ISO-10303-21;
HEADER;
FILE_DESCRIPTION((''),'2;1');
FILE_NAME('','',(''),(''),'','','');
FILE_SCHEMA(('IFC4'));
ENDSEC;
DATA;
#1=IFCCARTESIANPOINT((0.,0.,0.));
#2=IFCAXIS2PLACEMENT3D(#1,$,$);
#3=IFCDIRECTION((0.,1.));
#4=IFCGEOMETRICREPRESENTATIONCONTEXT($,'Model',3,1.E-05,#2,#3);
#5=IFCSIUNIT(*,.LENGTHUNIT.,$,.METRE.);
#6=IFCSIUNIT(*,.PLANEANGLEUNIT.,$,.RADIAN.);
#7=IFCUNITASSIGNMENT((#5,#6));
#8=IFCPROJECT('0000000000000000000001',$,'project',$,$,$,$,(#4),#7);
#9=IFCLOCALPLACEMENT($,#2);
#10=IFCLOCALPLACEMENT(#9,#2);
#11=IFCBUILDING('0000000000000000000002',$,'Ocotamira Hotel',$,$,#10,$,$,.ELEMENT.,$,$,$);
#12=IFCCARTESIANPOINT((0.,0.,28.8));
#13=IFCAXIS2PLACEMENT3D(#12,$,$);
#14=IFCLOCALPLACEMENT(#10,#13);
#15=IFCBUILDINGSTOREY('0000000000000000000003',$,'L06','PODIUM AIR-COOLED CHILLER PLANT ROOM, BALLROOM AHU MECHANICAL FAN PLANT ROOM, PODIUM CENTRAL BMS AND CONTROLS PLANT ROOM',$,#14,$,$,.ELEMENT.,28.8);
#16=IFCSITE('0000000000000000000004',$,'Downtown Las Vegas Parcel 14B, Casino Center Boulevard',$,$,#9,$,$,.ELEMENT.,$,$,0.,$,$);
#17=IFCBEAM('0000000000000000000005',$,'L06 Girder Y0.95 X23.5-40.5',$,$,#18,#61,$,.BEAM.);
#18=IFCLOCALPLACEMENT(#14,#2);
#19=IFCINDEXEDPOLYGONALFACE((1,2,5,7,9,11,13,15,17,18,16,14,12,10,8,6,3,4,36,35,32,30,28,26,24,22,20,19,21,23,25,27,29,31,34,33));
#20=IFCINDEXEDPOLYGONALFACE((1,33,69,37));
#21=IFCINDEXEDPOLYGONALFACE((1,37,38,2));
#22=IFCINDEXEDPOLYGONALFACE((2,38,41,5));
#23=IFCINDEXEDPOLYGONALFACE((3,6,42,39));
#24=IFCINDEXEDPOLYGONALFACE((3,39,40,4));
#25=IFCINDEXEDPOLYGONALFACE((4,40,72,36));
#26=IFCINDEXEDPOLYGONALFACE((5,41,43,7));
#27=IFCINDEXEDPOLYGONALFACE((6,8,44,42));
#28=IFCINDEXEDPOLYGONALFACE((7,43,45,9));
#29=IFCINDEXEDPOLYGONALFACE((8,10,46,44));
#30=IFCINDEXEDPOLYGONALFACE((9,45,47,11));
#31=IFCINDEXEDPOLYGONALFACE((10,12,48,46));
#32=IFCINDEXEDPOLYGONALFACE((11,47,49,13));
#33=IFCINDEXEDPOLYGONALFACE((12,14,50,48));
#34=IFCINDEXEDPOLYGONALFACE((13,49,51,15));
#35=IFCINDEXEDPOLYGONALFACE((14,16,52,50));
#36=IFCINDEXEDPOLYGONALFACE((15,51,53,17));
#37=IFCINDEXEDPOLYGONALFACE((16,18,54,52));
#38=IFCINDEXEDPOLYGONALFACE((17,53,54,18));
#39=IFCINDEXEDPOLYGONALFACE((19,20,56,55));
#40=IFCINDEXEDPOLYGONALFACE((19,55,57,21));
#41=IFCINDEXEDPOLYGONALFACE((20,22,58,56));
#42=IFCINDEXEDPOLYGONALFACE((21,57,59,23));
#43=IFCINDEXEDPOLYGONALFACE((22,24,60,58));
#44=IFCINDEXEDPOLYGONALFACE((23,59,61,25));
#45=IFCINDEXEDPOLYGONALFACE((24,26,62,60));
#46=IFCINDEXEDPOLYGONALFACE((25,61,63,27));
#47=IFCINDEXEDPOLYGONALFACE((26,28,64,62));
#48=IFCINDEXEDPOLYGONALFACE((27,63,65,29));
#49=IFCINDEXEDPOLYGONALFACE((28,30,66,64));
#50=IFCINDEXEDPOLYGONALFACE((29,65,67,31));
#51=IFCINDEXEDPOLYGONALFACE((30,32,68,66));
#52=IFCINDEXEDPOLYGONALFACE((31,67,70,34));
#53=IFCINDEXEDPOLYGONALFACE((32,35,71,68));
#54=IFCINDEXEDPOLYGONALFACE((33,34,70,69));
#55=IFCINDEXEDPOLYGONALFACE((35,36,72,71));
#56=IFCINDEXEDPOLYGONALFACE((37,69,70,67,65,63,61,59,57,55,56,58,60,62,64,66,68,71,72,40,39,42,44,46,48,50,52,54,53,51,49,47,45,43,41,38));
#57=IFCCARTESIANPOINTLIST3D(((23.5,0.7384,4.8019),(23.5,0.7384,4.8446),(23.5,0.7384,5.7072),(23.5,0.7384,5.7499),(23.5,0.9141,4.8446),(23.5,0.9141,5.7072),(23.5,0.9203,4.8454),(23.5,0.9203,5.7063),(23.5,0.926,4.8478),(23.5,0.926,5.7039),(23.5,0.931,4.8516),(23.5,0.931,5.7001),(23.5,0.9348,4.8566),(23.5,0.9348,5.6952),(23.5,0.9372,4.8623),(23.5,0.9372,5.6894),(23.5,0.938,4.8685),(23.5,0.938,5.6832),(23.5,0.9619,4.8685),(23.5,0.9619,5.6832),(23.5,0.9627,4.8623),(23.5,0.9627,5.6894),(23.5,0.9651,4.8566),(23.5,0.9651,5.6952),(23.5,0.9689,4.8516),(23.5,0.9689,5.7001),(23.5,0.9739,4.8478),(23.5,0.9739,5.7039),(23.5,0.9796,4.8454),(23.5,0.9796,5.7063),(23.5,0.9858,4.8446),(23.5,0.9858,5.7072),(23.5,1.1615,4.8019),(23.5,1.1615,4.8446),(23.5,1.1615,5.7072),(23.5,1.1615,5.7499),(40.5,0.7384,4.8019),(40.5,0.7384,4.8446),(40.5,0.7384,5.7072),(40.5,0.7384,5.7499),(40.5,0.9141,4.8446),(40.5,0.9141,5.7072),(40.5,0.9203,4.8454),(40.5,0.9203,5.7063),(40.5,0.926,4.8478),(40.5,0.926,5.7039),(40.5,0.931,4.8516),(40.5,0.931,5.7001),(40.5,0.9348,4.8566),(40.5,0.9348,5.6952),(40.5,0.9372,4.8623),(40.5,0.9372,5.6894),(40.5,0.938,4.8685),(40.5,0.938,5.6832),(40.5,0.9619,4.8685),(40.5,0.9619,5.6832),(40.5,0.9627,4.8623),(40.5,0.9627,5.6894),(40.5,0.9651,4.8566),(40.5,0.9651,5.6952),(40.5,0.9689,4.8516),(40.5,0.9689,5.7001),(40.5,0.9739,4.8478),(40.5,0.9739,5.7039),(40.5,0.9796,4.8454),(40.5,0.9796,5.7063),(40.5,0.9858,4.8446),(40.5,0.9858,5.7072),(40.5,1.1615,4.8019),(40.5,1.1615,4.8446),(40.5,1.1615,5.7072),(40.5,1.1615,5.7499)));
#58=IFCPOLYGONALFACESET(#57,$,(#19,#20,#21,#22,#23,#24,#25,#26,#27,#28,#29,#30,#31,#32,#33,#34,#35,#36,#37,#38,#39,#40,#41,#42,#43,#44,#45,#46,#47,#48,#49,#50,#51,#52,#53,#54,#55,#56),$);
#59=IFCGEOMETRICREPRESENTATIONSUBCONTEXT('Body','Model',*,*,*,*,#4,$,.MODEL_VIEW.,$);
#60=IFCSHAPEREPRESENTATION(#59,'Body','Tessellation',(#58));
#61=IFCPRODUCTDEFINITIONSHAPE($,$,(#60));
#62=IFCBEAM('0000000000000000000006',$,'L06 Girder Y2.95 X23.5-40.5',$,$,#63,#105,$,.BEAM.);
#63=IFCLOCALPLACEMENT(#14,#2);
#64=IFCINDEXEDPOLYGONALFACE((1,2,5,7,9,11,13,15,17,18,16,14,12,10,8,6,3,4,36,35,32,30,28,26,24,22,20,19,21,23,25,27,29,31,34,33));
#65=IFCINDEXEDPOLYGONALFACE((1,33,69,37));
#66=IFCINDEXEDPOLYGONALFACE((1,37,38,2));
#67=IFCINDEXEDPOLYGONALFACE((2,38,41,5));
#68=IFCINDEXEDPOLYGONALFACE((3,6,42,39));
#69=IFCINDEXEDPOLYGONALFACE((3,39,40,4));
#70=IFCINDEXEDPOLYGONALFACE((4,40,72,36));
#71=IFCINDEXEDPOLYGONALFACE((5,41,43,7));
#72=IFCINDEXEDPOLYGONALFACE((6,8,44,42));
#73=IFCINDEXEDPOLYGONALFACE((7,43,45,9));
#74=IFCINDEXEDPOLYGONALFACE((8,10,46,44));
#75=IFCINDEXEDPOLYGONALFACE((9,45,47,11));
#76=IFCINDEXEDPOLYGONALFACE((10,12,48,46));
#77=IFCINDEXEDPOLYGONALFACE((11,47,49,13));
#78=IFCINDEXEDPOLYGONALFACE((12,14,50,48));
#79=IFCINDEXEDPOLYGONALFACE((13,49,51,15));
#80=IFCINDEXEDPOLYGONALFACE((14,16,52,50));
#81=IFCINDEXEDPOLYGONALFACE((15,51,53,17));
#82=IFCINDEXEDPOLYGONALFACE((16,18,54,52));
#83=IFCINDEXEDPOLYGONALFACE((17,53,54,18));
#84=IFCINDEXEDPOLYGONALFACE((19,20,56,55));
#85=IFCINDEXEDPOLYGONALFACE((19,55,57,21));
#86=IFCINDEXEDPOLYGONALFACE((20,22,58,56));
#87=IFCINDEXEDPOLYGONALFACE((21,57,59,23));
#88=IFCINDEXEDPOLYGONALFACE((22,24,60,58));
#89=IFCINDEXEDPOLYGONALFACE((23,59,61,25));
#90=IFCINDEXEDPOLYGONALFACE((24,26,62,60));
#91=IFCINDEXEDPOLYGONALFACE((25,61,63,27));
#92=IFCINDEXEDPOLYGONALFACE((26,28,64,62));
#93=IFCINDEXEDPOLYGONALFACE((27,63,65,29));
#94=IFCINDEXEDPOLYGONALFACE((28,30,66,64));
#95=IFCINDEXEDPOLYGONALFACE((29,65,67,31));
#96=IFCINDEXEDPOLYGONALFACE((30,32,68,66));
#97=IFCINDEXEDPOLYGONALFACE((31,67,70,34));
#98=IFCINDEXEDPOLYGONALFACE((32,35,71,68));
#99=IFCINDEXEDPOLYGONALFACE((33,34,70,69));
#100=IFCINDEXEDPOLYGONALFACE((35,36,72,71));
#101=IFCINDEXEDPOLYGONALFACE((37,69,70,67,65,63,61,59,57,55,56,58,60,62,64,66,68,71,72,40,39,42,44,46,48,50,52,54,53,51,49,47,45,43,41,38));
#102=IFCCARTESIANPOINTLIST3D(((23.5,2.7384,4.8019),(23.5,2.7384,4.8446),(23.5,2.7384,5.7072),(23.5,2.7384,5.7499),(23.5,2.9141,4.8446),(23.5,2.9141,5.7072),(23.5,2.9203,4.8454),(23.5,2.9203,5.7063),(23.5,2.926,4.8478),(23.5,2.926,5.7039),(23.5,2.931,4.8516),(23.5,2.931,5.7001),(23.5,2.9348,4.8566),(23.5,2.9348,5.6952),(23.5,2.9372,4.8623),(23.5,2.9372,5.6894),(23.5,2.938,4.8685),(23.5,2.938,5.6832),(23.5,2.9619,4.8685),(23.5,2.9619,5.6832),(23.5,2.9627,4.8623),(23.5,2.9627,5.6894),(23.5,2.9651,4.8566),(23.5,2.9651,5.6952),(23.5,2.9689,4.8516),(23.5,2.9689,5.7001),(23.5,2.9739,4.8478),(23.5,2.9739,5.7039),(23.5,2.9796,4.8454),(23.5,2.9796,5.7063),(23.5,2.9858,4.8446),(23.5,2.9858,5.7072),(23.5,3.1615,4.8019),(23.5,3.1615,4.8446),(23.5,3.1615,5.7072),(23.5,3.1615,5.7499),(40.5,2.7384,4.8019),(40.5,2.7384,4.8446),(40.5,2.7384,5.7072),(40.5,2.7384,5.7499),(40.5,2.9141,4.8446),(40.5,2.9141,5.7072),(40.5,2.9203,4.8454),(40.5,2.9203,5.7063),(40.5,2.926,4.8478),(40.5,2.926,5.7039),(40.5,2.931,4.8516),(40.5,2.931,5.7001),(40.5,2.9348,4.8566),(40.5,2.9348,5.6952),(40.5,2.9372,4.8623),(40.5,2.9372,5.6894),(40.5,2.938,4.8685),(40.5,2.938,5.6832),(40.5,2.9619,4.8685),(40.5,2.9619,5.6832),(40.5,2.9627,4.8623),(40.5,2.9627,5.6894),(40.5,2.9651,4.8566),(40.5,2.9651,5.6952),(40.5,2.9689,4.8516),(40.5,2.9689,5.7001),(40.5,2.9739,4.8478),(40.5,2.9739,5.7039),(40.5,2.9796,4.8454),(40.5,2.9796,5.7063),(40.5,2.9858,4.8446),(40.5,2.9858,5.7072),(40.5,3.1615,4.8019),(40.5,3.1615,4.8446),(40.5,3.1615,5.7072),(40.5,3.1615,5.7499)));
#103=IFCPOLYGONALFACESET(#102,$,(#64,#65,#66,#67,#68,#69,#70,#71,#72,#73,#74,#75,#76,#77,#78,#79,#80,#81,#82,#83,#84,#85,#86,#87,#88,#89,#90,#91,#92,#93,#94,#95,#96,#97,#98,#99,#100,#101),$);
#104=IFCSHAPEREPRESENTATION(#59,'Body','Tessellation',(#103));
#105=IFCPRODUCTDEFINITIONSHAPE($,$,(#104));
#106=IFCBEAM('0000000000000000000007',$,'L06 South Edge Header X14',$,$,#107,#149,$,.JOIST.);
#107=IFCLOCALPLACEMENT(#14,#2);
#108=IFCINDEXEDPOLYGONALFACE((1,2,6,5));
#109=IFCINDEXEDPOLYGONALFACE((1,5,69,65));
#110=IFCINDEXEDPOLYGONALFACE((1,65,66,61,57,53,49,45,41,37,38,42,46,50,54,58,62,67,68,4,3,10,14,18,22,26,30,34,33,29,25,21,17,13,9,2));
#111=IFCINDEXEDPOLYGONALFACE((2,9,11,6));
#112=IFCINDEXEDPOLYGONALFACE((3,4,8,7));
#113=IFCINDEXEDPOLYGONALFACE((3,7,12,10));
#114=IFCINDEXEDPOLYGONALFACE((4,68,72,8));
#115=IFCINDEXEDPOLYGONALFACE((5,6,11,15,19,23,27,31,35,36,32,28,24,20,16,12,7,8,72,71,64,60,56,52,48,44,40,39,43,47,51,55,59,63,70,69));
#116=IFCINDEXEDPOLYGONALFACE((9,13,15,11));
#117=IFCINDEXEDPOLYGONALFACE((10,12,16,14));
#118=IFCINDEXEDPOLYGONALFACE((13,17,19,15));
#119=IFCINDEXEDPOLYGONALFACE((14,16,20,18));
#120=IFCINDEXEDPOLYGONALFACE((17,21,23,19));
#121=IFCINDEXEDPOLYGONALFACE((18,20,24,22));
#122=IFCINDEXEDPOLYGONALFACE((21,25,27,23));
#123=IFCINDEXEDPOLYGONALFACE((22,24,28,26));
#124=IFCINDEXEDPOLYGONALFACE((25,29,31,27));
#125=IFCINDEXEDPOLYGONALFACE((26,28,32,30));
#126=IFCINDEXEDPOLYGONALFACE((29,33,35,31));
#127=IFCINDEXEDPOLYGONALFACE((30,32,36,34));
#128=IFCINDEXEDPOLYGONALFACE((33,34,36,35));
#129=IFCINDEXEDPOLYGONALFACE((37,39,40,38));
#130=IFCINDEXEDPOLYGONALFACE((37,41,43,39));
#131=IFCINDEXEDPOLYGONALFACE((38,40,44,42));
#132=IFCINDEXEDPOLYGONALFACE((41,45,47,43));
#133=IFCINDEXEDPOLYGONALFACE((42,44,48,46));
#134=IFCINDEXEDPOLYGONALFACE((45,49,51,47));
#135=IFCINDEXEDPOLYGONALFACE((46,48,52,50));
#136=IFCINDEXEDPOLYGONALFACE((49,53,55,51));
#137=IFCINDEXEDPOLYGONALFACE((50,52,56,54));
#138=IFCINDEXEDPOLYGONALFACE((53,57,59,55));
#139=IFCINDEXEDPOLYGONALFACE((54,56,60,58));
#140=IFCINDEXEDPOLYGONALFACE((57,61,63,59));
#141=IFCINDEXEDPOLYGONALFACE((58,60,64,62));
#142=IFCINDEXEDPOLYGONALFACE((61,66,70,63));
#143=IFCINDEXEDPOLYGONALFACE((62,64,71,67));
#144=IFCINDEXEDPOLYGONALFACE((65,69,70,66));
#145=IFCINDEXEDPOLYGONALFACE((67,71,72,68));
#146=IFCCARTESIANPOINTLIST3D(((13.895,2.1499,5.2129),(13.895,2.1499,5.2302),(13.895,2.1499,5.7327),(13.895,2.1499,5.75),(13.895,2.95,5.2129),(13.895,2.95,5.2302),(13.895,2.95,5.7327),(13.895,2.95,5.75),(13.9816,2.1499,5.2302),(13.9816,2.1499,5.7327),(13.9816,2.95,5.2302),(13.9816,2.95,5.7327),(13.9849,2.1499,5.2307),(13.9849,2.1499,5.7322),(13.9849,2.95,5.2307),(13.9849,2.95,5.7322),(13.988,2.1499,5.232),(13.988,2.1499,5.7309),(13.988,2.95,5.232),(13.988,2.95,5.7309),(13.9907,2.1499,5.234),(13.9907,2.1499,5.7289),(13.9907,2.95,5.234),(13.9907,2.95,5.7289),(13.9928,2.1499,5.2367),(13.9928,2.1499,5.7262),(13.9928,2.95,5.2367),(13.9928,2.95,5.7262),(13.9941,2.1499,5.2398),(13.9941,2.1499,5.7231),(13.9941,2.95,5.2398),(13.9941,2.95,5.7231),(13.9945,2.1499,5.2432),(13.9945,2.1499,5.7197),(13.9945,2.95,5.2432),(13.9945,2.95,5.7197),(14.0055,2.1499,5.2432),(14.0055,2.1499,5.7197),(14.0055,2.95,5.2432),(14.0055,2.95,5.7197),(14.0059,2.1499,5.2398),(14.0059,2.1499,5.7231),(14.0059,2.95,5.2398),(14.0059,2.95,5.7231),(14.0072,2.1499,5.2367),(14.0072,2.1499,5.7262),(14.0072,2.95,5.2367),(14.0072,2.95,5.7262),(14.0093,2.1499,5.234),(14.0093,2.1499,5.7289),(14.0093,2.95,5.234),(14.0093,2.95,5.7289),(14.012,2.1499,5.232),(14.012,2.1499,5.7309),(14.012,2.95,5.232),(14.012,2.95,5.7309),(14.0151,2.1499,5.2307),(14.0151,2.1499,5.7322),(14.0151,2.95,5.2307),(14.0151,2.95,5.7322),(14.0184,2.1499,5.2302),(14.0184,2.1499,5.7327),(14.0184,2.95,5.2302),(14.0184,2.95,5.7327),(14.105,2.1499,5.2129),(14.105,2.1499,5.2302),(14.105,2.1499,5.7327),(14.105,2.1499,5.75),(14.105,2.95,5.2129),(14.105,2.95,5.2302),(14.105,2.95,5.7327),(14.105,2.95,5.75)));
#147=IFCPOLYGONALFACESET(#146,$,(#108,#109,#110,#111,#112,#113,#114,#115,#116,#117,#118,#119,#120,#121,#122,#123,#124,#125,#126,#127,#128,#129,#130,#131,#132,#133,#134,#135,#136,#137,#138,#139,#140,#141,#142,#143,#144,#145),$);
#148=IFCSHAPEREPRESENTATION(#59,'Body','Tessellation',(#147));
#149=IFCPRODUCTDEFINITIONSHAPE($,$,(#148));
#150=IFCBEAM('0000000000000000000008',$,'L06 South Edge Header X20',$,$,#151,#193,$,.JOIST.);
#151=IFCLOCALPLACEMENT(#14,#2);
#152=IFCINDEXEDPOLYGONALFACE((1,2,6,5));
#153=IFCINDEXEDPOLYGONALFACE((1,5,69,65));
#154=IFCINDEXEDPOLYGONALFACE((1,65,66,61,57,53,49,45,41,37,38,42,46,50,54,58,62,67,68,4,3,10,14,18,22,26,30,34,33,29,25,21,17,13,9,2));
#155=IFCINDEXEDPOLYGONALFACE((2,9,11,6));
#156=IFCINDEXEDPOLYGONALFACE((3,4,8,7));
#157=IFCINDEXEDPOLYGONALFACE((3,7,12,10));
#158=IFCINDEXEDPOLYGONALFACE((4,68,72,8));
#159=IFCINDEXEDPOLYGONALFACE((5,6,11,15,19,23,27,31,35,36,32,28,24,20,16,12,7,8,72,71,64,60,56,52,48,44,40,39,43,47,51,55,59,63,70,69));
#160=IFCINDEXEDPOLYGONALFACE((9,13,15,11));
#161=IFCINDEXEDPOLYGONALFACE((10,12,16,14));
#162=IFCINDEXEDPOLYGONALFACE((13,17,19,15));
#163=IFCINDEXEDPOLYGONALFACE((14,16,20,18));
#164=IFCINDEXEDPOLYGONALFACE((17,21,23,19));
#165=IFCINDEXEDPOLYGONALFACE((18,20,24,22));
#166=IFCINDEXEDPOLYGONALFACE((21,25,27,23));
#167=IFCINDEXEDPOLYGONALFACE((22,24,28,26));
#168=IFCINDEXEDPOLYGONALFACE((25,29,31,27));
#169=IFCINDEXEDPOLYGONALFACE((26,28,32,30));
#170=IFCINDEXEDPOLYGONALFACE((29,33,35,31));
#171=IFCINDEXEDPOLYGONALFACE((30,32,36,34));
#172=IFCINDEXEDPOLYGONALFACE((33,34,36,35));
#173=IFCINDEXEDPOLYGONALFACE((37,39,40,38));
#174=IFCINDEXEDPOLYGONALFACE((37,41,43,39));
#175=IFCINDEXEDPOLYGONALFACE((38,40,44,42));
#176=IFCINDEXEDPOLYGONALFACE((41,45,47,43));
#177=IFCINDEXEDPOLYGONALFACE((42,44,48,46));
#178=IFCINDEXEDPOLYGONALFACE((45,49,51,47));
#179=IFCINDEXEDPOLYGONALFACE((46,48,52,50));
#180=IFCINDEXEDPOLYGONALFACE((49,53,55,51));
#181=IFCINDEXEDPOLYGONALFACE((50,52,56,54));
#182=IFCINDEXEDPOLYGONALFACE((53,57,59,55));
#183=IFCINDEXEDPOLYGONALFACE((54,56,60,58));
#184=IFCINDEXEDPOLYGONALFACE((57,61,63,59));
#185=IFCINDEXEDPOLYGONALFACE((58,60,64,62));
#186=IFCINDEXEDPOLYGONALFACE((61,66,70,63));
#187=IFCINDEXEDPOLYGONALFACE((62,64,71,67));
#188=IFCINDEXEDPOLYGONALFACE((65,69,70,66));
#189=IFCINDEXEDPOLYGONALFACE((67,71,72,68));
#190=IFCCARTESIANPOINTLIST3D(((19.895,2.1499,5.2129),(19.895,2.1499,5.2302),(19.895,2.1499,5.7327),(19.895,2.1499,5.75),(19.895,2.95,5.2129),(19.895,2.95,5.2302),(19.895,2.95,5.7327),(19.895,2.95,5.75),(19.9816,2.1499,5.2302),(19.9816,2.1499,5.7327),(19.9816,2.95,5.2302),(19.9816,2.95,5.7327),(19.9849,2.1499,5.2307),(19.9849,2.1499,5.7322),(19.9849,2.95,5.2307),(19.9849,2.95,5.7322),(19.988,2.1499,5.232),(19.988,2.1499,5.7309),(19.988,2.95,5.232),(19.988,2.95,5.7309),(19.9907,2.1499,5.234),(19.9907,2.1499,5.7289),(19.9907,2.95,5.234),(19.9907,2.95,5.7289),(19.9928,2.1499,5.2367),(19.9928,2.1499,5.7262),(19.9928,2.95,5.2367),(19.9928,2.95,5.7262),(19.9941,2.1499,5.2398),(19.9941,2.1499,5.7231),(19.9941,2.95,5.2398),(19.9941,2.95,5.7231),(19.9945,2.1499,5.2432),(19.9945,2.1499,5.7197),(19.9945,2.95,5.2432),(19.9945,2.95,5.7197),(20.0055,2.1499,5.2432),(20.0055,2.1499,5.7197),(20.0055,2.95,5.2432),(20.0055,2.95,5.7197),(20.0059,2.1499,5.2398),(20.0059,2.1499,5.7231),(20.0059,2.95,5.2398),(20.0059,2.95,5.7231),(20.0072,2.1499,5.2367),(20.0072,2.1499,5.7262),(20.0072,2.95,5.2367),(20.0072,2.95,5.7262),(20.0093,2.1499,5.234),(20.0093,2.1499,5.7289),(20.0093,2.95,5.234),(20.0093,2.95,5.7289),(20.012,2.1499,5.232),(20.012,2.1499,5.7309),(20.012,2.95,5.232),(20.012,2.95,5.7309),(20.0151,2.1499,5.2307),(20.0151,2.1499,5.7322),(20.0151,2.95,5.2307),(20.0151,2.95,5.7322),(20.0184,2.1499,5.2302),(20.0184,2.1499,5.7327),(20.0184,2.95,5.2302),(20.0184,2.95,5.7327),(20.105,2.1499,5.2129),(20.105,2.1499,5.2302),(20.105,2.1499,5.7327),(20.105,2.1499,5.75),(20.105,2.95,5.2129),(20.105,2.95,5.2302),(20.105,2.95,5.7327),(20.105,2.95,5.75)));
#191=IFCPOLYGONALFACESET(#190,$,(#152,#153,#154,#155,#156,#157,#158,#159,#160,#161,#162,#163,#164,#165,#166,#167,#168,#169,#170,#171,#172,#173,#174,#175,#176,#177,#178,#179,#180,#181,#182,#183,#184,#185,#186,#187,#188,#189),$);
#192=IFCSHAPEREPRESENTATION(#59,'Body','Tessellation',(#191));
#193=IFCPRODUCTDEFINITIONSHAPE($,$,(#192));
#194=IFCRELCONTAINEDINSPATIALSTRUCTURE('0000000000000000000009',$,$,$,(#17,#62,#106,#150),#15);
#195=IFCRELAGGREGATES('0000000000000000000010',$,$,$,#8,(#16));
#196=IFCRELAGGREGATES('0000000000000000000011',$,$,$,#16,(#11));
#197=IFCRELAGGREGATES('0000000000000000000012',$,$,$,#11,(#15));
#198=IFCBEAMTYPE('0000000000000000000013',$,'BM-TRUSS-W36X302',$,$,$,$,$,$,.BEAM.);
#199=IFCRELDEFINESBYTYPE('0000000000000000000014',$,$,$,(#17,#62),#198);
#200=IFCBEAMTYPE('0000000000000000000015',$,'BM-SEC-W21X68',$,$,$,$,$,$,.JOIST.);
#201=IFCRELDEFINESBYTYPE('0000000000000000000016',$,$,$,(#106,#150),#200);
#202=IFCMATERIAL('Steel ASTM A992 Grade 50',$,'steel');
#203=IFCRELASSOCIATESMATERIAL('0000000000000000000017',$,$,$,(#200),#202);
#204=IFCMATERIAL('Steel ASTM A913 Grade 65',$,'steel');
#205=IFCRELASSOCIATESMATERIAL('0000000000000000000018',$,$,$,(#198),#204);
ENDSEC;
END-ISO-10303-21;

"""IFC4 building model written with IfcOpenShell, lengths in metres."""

from ifc_helpers import new_model, si_unit, direction, frame, origin, origin_2d, place, context, subcontext, project, spatial, i_section, extrude, source, transform, mapped, material, material_profile, profile_set, type_object, element, save


model = new_model("IFC4")

# Units and contexts
model_context = context("Model", 3, precision=1e-05, world=origin(), true_north=direction((0.0, 1.0)))
body_context = subcontext(model_context, "Body", "Model", "MODEL_VIEW")
ifc_project = project(units=[si_unit("LENGTHUNIT", "METRE"), si_unit("PLANEANGLEUNIT", "RADIAN")], contexts=[model_context])

# Site, building, storey
site_placement = place(None, origin())
site = spatial("IfcSite", under=ifc_project, at=site_placement, Name="Downtown Las Vegas Parcel 14B, Casino Center Boulevard", CompositionType="ELEMENT", RefElevation=0.0)
building_placement = place(site_placement, origin())
building = spatial("IfcBuilding", under=site, at=building_placement, Name="Ocotamira Hotel", CompositionType="ELEMENT")
storey_placement = place(building_placement, frame((0.0, 0.0, 28.8)))
storey = spatial("IfcBuildingStorey", under=building, at=storey_placement, Name="L06", Description="PODIUM AIR-COOLED CHILLER PLANT ROOM, BALLROOM AHU MECHANICAL FAN PLANT ROOM, PODIUM CENTRAL BMS AND CONTROLS PLANT ROOM", CompositionType="ELEMENT", Elevation=28.8)

# Beams
ifc_material_1 = material(Name="Steel ASTM A992 Grade 50", Category="steel")
ifc_material_profile_1 = material_profile(ifc_material_1, i_section(OverallWidth=0.21, OverallDepth=0.5371, WebThickness=0.011, FlangeThickness=0.0173, FilletRadius=0.0129, at=origin_2d()), Name="W21X68")
ifc_profile_set_1 = profile_set([ifc_material_profile_1], Name="Steel ASTM A992 Grade 50")
beam_type_1 = type_object("IfcBeamType", Name="BM-SEC-W21X68", PredefinedType="JOIST", material=ifc_profile_set_1)
ifc_material_2 = material(Name="Steel ASTM A913 Grade 65", Category="steel")
ifc_material_profile_2 = material_profile(ifc_material_2, i_section(OverallWidth=0.4231, OverallDepth=0.948, WebThickness=0.0239, FlangeThickness=0.0427, FilletRadius=0.0239, at=origin_2d()), Name="W36X302")
ifc_profile_set_2 = profile_set([ifc_material_profile_2], Name="Steel ASTM A913 Grade 65")
beam_type_2 = type_object("IfcBeamType", Name="BM-TRUSS-W36X302", PredefinedType="BEAM", material=ifc_profile_set_2)
shared_shape_1 = source(origin(), body_context, "Body", "SweptSolid", [
    extrude(i_section(OverallWidth=0.4231, OverallDepth=0.948, WebThickness=0.0239, FlangeThickness=0.0427, FilletRadius=0.0239, at=origin_2d()), origin(), (0.0, 0.0, 1.0), 17.0),
])
for number, where, z_axis, x_axis, name in (
    (1, (23.5, 0.95, 5.2759), (1.0, 0.0, 0.0), (0.0, 1.0, 0.0), "L06 Girder Y0.95 X23.5-40.5"),
    (2, (23.5, 2.95, 5.2759), (1.0, 0.0, 0.0), (0.0, 1.0, 0.0), "L06 Girder Y2.95 X23.5-40.5"),
):
    element("IfcBeam", number, at=place(storey_placement, frame(where, z_axis=z_axis, x_axis=x_axis)), inside=storey, type_object=beam_type_2, Name=name, PredefinedType="BEAM", context=body_context, shape_type="MappedRepresentation", body=[
        mapped(shared_shape_1, transform((0.0, 0.0, 0.0), scale=1.0)),
    ])
shared_shape_2 = source(origin(), body_context, "Body", "SweptSolid", [
    extrude(i_section(OverallWidth=0.21, OverallDepth=0.5371, WebThickness=0.011, FlangeThickness=0.0173, FilletRadius=0.0129, at=origin_2d()), origin(), (0.0, 0.0, 1.0), 0.8),
])
for number, where, z_axis, x_axis, name in (
    (3, (14.0, 2.95, 5.4814), (0.0, -1.0, 0.0), (1.0, 0.0, 0.0), "L06 South Edge Header X14"),
    (4, (20.0, 2.95, 5.4814), (0.0, -1.0, 0.0), (1.0, 0.0, 0.0), "L06 South Edge Header X20"),
):
    element("IfcBeam", number, at=place(storey_placement, frame(where, z_axis=z_axis, x_axis=x_axis)), inside=storey, type_object=beam_type_1, Name=name, PredefinedType="JOIST", context=body_context, shape_type="MappedRepresentation", body=[
        mapped(shared_shape_2, transform((0.0, 0.0, 0.0), scale=1.0)),
    ])

save(model, "model.ifc")
